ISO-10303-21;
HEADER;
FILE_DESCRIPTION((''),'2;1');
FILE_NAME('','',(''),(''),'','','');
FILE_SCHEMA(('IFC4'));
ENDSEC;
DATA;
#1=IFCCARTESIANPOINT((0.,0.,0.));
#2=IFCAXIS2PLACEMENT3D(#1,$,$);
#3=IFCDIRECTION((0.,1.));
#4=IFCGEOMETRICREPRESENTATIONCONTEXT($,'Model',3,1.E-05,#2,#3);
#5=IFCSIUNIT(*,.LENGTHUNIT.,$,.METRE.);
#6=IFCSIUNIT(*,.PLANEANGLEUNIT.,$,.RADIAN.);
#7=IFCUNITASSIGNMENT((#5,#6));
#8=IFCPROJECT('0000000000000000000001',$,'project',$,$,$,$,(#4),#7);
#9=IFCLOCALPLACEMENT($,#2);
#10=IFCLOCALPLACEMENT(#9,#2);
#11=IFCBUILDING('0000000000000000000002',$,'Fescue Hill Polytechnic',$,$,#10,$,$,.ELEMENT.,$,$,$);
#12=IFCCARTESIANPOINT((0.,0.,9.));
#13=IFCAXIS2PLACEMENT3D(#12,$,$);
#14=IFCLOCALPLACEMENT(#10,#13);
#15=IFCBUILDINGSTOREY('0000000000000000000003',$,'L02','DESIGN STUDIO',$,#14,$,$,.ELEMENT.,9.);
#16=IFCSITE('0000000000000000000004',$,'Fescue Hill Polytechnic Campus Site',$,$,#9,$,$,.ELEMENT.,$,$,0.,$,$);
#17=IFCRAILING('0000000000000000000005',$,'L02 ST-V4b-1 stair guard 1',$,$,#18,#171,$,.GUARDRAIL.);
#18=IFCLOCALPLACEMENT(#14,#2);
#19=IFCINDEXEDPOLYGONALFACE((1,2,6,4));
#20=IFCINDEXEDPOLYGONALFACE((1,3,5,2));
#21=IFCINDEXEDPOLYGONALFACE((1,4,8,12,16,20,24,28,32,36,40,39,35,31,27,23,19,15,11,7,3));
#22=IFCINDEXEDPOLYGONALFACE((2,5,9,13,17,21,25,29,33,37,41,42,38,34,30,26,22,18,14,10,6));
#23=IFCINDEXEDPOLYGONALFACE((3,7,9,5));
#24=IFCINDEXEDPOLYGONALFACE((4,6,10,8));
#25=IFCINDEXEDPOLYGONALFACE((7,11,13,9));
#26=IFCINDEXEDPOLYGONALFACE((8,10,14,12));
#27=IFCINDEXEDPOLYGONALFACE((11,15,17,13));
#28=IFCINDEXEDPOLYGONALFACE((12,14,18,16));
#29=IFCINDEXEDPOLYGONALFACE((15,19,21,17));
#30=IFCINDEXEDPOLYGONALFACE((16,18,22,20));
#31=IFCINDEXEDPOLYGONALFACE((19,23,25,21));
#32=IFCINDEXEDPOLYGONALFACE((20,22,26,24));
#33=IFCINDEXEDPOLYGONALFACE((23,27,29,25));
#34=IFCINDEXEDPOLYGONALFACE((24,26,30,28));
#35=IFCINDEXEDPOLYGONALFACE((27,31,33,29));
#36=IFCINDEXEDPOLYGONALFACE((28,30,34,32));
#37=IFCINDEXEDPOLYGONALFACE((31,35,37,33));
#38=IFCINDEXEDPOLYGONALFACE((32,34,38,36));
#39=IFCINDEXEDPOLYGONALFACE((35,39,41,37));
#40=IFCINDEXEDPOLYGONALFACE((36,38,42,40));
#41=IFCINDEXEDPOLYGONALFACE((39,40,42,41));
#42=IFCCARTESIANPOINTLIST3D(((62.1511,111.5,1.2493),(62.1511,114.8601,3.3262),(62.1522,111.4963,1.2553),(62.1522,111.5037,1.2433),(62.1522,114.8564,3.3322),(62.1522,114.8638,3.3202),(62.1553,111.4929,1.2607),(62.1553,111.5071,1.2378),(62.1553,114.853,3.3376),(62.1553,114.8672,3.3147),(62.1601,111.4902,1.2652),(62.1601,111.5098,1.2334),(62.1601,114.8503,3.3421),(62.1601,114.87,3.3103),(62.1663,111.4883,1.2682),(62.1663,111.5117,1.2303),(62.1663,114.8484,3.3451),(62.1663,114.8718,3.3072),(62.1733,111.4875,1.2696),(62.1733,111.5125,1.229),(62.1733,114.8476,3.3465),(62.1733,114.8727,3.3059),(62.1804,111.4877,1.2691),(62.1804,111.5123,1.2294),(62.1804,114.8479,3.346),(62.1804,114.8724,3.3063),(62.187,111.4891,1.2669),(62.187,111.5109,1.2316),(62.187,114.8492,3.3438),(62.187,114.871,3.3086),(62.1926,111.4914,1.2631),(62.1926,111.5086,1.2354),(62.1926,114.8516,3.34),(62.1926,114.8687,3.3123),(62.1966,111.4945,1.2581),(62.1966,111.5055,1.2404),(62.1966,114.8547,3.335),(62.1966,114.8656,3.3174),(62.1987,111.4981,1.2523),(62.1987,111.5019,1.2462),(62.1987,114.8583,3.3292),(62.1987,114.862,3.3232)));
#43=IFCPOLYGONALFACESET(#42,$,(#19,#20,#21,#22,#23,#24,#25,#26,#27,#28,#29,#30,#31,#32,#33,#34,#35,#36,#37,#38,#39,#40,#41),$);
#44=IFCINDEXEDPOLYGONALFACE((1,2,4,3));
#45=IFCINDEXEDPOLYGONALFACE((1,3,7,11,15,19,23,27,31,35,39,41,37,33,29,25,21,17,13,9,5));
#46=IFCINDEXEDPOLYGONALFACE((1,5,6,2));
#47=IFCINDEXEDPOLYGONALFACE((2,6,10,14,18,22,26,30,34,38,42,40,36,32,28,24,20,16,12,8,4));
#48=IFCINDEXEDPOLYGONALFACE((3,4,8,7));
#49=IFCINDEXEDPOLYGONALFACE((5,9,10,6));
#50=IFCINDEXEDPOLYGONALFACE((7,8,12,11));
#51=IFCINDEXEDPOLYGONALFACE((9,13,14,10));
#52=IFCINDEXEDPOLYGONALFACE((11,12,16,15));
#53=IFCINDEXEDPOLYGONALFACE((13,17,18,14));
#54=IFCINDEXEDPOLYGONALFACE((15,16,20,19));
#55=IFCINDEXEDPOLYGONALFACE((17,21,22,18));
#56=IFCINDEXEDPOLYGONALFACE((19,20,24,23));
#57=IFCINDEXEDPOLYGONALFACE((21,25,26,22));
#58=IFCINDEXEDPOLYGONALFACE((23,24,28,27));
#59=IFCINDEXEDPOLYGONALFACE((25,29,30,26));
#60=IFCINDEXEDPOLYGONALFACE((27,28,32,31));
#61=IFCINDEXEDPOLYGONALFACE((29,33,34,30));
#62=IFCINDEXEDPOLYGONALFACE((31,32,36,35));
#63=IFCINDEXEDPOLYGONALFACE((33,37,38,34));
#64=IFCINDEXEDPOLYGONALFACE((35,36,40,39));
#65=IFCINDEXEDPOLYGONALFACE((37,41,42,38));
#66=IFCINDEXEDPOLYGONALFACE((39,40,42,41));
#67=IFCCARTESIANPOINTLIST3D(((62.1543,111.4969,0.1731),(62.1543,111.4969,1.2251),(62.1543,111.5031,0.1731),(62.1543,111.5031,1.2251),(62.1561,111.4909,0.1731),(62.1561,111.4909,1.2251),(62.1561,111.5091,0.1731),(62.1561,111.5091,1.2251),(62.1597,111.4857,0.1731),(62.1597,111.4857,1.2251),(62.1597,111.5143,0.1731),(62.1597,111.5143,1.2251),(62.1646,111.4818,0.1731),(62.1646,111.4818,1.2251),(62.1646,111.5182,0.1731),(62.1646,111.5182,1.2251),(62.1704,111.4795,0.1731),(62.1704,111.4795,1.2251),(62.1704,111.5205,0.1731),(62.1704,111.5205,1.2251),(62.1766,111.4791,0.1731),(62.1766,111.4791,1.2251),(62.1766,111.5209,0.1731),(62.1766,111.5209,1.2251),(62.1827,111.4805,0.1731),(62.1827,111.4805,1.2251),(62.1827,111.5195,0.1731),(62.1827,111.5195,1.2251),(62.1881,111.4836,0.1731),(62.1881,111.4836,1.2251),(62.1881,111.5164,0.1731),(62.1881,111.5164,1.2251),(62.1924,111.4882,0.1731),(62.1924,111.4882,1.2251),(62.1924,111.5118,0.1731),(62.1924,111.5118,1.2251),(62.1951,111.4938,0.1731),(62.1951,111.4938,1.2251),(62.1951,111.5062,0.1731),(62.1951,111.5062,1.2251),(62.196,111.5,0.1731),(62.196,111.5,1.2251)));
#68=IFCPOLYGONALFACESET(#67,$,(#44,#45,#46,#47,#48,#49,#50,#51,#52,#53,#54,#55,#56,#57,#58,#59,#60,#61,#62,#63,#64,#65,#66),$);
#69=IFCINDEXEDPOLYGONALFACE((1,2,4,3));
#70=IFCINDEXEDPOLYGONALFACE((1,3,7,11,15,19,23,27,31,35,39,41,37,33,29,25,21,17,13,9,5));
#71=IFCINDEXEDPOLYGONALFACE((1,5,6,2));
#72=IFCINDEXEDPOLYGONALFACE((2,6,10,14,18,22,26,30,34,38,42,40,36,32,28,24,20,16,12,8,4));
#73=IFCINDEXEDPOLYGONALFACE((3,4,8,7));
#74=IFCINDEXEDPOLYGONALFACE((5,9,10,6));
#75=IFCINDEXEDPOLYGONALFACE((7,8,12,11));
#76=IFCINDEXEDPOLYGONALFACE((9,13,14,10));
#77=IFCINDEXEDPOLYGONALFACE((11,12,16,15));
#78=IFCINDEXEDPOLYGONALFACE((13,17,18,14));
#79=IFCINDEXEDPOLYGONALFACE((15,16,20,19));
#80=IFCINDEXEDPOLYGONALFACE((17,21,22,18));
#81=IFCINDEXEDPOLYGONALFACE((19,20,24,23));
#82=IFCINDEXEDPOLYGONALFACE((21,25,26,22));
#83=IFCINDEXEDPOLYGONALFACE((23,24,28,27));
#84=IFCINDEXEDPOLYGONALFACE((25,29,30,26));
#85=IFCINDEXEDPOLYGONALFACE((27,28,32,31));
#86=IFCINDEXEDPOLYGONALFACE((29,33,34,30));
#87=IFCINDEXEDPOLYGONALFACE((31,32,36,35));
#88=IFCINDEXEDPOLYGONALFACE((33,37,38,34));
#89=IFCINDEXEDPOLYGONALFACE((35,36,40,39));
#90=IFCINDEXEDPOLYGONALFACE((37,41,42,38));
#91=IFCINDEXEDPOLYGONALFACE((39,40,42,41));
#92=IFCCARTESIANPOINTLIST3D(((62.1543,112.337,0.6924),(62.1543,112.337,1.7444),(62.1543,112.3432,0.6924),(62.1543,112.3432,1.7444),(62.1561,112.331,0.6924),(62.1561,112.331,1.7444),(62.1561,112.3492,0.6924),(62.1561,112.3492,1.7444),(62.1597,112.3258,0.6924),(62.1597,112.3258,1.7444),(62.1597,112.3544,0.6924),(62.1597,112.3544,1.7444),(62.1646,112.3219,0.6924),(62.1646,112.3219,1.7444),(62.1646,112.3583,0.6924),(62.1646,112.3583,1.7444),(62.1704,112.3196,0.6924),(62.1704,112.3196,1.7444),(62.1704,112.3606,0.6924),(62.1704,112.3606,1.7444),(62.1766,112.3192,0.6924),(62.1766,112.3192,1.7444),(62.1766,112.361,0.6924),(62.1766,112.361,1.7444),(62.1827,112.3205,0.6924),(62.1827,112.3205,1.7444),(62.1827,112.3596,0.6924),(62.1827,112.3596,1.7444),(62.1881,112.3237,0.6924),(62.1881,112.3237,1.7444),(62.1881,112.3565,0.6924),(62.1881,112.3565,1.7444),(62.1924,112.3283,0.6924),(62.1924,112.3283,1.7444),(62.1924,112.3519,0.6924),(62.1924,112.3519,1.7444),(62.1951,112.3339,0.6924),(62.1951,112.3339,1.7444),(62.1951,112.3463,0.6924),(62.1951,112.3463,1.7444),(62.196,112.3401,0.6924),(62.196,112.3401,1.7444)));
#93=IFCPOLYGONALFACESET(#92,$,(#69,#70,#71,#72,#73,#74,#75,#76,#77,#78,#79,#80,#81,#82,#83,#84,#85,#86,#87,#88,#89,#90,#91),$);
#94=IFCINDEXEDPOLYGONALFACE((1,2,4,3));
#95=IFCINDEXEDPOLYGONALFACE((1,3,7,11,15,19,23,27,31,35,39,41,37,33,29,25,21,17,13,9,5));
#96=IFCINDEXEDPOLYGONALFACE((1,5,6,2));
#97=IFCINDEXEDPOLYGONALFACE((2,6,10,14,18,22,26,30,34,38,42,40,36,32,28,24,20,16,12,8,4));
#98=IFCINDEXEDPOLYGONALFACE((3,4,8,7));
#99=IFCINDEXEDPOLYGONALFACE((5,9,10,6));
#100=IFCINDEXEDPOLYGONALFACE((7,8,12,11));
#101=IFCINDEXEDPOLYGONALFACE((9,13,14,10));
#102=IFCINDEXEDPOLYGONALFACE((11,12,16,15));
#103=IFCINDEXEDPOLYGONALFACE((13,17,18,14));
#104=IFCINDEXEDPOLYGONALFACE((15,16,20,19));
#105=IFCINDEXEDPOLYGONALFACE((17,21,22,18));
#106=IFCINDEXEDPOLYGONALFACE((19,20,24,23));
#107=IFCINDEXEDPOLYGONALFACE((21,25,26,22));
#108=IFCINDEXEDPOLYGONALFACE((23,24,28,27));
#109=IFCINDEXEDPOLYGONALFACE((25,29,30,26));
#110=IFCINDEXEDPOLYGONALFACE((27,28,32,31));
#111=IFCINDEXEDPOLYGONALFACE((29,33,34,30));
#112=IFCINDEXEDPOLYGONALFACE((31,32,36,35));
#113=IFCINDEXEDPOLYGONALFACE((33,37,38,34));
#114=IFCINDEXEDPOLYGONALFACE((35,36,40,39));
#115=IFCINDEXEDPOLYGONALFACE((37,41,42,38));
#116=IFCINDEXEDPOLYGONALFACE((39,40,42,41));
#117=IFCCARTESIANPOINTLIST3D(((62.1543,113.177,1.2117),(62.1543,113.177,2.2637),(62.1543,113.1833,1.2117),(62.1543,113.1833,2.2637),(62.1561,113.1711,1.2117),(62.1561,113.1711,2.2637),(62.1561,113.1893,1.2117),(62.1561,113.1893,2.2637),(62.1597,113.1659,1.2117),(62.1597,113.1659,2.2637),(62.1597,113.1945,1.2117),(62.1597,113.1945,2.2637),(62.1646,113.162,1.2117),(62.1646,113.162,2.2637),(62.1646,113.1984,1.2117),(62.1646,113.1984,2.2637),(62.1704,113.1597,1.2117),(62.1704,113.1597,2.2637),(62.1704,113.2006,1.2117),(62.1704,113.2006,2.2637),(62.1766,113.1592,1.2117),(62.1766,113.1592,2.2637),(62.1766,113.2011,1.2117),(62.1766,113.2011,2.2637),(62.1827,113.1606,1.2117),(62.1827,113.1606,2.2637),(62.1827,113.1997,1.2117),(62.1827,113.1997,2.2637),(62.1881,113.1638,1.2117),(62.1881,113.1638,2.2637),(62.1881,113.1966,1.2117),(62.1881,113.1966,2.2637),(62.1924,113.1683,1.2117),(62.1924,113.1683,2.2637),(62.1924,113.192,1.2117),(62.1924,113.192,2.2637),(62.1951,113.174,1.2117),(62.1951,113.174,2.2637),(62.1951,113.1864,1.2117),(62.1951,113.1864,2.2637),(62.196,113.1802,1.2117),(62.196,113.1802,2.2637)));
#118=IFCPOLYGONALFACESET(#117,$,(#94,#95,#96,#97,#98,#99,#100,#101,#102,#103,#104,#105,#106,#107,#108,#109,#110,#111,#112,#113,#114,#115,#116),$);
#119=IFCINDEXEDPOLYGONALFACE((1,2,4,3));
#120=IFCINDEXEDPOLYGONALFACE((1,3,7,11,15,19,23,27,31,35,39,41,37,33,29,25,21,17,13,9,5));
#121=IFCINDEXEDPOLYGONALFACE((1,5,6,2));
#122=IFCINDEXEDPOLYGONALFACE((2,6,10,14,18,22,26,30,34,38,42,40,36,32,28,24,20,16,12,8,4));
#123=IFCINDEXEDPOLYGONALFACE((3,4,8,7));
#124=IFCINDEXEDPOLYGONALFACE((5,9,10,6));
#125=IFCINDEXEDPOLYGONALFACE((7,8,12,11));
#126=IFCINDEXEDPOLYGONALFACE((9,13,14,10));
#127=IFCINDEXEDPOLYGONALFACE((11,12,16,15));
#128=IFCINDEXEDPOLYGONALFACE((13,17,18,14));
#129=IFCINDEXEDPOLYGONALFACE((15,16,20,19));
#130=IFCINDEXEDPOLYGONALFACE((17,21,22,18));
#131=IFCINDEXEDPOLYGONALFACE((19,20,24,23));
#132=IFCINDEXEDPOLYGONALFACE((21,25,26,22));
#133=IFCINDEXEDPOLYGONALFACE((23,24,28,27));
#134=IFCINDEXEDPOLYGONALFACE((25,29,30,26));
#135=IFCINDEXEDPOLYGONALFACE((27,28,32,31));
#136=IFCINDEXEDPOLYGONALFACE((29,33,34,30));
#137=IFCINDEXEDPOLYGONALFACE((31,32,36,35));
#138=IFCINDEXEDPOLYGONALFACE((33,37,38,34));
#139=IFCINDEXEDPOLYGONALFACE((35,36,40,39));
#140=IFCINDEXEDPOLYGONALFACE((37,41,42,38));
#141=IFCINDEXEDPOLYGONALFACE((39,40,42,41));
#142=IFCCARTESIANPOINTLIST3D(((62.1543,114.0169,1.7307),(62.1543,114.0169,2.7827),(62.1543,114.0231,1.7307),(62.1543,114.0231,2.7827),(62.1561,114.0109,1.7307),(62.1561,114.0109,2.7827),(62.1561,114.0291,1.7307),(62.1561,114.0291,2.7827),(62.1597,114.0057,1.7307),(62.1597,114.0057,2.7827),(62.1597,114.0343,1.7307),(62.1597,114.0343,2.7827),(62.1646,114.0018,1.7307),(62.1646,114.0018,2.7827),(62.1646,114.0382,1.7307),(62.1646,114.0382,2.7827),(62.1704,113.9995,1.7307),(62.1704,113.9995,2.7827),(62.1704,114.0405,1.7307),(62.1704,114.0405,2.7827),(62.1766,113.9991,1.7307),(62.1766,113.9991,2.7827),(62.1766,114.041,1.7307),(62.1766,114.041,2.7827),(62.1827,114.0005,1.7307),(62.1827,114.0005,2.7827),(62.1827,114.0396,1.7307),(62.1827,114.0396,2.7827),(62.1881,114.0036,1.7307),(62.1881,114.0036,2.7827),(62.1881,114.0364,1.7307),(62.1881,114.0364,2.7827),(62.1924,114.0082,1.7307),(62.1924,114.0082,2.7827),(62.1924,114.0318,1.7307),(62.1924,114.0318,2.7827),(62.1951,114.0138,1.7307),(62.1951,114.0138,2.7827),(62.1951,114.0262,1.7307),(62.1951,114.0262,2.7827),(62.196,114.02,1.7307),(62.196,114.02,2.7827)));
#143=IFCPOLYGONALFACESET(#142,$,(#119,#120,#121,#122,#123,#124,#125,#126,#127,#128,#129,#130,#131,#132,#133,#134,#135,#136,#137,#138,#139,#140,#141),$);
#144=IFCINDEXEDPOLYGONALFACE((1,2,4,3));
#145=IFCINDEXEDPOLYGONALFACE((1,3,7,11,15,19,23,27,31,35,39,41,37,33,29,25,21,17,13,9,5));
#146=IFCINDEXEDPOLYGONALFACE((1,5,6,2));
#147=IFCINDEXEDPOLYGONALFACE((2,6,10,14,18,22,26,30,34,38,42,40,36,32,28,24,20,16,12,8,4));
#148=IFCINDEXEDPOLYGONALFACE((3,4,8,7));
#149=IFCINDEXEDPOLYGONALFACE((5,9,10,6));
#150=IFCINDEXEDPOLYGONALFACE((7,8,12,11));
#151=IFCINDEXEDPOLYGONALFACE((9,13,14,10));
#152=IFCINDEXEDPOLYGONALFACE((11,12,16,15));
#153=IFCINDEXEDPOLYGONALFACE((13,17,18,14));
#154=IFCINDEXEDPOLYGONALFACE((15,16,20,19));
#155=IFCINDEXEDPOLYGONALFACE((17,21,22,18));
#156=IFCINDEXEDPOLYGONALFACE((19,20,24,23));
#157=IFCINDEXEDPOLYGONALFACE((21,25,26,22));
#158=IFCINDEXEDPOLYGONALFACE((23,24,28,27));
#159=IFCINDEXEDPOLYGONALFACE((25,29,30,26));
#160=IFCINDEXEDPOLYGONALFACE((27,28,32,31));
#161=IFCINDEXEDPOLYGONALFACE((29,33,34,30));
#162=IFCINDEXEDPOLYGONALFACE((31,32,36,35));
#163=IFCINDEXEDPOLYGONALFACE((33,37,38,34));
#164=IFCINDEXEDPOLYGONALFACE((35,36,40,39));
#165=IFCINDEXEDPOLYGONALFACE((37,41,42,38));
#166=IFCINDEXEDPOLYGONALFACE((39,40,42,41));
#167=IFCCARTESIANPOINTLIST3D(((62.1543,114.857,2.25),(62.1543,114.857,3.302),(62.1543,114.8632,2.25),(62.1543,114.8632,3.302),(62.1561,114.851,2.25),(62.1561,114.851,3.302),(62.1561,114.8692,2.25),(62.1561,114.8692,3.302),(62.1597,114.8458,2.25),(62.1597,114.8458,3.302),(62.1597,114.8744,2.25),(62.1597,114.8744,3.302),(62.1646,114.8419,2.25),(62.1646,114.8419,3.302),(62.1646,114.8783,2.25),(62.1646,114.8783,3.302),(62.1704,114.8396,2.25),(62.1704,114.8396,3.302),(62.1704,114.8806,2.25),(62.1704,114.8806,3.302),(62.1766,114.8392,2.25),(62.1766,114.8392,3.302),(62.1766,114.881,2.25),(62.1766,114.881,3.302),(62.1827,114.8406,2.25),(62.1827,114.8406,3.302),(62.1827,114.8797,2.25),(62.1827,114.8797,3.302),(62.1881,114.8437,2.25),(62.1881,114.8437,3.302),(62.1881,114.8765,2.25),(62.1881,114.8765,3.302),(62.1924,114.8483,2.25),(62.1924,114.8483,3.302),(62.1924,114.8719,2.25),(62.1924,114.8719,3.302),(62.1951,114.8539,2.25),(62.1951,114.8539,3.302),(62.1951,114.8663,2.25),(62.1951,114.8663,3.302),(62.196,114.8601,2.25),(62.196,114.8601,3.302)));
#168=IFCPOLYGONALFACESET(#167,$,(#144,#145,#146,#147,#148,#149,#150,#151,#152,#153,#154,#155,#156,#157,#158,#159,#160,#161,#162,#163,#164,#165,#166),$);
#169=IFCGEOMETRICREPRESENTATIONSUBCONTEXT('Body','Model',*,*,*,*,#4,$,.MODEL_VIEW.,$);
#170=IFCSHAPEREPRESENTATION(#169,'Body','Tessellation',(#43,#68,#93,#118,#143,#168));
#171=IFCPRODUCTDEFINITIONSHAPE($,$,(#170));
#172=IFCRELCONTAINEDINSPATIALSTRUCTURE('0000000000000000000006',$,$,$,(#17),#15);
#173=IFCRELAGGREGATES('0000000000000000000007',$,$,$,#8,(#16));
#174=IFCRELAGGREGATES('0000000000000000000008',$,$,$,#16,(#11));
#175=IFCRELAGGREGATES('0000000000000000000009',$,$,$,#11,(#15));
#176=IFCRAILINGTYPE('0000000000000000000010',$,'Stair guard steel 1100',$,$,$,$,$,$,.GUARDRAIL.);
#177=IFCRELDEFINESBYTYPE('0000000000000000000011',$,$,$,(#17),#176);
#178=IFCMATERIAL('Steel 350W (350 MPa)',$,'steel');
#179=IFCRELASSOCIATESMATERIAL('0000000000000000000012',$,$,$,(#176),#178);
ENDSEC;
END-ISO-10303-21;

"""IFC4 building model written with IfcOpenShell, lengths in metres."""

from ifc_helpers import new_model, si_unit, direction, frame, origin, origin_2d, place, context, subcontext, project, spatial, circle, extrude, material, type_object, element, save


model = new_model("IFC4")

# Units and contexts
model_context = context("Model", 3, precision=1e-05, world=origin(), true_north=direction((0.0, 1.0)))
body_context = subcontext(model_context, "Body", "Model", "MODEL_VIEW")
ifc_project = project(units=[si_unit("LENGTHUNIT", "METRE"), si_unit("PLANEANGLEUNIT", "RADIAN")], contexts=[model_context])

# Site, building, storey
site_placement = place(None, origin())
site = spatial("IfcSite", under=ifc_project, at=site_placement, Name="Fescue Hill Polytechnic Campus Site", CompositionType="ELEMENT", RefElevation=0.0)
building_placement = place(site_placement, origin())
building = spatial("IfcBuilding", under=site, at=building_placement, Name="Fescue Hill Polytechnic", CompositionType="ELEMENT")
storey_placement = place(building_placement, frame((0.0, 0.0, 9.0)))
storey = spatial("IfcBuildingStorey", under=building, at=storey_placement, Name="L02", Description="DESIGN STUDIO", CompositionType="ELEMENT", Elevation=9.0)

# Railing
ifc_material_1 = material(Name="Steel 350W (350 MPa)", Category="steel")
railing_type_1 = type_object("IfcRailingType", Name="Stair guard steel 1100", PredefinedType="GUARDRAIL", material=ifc_material_1)
railing_1_placement = place(storey_placement, frame((62.175, 111.5, 0.1731)))
element("IfcRailing", 1, at=railing_1_placement, inside=storey, type_object=railing_type_1, Name="L02 ST-V4b-1 stair guard 1", PredefinedType="GUARDRAIL", context=body_context, shape_type="SweptSolid", body=[
    extrude(circle(Radius=0.0239, at=origin_2d()), frame((0.0, 0.0, 1.0762), z_axis=(0.0, 0.850623, 0.525776), x_axis=(-1.0, 0.0, 0.0)), (0.0, 0.0, 1.0), 3.9502),
    extrude(circle(Radius=0.021, at=origin_2d()), origin(), (0.0, 0.0, 1.0), 1.052),
    extrude(circle(Radius=0.021, at=origin_2d()), frame((0.0, 0.8401, 0.5193)), (0.0, 0.0, 1.0), 1.052),
    extrude(circle(Radius=0.021, at=origin_2d()), frame((0.0, 1.6802, 1.0386)), (0.0, 0.0, 1.0), 1.052),
    extrude(circle(Radius=0.021, at=origin_2d()), frame((0.0, 2.52, 1.5576)), (0.0, 0.0, 1.0), 1.052),
    extrude(circle(Radius=0.021, at=origin_2d()), frame((0.0, 3.3601, 2.0769)), (0.0, 0.0, 1.0), 1.052),
])

save(model, "model.ifc")
